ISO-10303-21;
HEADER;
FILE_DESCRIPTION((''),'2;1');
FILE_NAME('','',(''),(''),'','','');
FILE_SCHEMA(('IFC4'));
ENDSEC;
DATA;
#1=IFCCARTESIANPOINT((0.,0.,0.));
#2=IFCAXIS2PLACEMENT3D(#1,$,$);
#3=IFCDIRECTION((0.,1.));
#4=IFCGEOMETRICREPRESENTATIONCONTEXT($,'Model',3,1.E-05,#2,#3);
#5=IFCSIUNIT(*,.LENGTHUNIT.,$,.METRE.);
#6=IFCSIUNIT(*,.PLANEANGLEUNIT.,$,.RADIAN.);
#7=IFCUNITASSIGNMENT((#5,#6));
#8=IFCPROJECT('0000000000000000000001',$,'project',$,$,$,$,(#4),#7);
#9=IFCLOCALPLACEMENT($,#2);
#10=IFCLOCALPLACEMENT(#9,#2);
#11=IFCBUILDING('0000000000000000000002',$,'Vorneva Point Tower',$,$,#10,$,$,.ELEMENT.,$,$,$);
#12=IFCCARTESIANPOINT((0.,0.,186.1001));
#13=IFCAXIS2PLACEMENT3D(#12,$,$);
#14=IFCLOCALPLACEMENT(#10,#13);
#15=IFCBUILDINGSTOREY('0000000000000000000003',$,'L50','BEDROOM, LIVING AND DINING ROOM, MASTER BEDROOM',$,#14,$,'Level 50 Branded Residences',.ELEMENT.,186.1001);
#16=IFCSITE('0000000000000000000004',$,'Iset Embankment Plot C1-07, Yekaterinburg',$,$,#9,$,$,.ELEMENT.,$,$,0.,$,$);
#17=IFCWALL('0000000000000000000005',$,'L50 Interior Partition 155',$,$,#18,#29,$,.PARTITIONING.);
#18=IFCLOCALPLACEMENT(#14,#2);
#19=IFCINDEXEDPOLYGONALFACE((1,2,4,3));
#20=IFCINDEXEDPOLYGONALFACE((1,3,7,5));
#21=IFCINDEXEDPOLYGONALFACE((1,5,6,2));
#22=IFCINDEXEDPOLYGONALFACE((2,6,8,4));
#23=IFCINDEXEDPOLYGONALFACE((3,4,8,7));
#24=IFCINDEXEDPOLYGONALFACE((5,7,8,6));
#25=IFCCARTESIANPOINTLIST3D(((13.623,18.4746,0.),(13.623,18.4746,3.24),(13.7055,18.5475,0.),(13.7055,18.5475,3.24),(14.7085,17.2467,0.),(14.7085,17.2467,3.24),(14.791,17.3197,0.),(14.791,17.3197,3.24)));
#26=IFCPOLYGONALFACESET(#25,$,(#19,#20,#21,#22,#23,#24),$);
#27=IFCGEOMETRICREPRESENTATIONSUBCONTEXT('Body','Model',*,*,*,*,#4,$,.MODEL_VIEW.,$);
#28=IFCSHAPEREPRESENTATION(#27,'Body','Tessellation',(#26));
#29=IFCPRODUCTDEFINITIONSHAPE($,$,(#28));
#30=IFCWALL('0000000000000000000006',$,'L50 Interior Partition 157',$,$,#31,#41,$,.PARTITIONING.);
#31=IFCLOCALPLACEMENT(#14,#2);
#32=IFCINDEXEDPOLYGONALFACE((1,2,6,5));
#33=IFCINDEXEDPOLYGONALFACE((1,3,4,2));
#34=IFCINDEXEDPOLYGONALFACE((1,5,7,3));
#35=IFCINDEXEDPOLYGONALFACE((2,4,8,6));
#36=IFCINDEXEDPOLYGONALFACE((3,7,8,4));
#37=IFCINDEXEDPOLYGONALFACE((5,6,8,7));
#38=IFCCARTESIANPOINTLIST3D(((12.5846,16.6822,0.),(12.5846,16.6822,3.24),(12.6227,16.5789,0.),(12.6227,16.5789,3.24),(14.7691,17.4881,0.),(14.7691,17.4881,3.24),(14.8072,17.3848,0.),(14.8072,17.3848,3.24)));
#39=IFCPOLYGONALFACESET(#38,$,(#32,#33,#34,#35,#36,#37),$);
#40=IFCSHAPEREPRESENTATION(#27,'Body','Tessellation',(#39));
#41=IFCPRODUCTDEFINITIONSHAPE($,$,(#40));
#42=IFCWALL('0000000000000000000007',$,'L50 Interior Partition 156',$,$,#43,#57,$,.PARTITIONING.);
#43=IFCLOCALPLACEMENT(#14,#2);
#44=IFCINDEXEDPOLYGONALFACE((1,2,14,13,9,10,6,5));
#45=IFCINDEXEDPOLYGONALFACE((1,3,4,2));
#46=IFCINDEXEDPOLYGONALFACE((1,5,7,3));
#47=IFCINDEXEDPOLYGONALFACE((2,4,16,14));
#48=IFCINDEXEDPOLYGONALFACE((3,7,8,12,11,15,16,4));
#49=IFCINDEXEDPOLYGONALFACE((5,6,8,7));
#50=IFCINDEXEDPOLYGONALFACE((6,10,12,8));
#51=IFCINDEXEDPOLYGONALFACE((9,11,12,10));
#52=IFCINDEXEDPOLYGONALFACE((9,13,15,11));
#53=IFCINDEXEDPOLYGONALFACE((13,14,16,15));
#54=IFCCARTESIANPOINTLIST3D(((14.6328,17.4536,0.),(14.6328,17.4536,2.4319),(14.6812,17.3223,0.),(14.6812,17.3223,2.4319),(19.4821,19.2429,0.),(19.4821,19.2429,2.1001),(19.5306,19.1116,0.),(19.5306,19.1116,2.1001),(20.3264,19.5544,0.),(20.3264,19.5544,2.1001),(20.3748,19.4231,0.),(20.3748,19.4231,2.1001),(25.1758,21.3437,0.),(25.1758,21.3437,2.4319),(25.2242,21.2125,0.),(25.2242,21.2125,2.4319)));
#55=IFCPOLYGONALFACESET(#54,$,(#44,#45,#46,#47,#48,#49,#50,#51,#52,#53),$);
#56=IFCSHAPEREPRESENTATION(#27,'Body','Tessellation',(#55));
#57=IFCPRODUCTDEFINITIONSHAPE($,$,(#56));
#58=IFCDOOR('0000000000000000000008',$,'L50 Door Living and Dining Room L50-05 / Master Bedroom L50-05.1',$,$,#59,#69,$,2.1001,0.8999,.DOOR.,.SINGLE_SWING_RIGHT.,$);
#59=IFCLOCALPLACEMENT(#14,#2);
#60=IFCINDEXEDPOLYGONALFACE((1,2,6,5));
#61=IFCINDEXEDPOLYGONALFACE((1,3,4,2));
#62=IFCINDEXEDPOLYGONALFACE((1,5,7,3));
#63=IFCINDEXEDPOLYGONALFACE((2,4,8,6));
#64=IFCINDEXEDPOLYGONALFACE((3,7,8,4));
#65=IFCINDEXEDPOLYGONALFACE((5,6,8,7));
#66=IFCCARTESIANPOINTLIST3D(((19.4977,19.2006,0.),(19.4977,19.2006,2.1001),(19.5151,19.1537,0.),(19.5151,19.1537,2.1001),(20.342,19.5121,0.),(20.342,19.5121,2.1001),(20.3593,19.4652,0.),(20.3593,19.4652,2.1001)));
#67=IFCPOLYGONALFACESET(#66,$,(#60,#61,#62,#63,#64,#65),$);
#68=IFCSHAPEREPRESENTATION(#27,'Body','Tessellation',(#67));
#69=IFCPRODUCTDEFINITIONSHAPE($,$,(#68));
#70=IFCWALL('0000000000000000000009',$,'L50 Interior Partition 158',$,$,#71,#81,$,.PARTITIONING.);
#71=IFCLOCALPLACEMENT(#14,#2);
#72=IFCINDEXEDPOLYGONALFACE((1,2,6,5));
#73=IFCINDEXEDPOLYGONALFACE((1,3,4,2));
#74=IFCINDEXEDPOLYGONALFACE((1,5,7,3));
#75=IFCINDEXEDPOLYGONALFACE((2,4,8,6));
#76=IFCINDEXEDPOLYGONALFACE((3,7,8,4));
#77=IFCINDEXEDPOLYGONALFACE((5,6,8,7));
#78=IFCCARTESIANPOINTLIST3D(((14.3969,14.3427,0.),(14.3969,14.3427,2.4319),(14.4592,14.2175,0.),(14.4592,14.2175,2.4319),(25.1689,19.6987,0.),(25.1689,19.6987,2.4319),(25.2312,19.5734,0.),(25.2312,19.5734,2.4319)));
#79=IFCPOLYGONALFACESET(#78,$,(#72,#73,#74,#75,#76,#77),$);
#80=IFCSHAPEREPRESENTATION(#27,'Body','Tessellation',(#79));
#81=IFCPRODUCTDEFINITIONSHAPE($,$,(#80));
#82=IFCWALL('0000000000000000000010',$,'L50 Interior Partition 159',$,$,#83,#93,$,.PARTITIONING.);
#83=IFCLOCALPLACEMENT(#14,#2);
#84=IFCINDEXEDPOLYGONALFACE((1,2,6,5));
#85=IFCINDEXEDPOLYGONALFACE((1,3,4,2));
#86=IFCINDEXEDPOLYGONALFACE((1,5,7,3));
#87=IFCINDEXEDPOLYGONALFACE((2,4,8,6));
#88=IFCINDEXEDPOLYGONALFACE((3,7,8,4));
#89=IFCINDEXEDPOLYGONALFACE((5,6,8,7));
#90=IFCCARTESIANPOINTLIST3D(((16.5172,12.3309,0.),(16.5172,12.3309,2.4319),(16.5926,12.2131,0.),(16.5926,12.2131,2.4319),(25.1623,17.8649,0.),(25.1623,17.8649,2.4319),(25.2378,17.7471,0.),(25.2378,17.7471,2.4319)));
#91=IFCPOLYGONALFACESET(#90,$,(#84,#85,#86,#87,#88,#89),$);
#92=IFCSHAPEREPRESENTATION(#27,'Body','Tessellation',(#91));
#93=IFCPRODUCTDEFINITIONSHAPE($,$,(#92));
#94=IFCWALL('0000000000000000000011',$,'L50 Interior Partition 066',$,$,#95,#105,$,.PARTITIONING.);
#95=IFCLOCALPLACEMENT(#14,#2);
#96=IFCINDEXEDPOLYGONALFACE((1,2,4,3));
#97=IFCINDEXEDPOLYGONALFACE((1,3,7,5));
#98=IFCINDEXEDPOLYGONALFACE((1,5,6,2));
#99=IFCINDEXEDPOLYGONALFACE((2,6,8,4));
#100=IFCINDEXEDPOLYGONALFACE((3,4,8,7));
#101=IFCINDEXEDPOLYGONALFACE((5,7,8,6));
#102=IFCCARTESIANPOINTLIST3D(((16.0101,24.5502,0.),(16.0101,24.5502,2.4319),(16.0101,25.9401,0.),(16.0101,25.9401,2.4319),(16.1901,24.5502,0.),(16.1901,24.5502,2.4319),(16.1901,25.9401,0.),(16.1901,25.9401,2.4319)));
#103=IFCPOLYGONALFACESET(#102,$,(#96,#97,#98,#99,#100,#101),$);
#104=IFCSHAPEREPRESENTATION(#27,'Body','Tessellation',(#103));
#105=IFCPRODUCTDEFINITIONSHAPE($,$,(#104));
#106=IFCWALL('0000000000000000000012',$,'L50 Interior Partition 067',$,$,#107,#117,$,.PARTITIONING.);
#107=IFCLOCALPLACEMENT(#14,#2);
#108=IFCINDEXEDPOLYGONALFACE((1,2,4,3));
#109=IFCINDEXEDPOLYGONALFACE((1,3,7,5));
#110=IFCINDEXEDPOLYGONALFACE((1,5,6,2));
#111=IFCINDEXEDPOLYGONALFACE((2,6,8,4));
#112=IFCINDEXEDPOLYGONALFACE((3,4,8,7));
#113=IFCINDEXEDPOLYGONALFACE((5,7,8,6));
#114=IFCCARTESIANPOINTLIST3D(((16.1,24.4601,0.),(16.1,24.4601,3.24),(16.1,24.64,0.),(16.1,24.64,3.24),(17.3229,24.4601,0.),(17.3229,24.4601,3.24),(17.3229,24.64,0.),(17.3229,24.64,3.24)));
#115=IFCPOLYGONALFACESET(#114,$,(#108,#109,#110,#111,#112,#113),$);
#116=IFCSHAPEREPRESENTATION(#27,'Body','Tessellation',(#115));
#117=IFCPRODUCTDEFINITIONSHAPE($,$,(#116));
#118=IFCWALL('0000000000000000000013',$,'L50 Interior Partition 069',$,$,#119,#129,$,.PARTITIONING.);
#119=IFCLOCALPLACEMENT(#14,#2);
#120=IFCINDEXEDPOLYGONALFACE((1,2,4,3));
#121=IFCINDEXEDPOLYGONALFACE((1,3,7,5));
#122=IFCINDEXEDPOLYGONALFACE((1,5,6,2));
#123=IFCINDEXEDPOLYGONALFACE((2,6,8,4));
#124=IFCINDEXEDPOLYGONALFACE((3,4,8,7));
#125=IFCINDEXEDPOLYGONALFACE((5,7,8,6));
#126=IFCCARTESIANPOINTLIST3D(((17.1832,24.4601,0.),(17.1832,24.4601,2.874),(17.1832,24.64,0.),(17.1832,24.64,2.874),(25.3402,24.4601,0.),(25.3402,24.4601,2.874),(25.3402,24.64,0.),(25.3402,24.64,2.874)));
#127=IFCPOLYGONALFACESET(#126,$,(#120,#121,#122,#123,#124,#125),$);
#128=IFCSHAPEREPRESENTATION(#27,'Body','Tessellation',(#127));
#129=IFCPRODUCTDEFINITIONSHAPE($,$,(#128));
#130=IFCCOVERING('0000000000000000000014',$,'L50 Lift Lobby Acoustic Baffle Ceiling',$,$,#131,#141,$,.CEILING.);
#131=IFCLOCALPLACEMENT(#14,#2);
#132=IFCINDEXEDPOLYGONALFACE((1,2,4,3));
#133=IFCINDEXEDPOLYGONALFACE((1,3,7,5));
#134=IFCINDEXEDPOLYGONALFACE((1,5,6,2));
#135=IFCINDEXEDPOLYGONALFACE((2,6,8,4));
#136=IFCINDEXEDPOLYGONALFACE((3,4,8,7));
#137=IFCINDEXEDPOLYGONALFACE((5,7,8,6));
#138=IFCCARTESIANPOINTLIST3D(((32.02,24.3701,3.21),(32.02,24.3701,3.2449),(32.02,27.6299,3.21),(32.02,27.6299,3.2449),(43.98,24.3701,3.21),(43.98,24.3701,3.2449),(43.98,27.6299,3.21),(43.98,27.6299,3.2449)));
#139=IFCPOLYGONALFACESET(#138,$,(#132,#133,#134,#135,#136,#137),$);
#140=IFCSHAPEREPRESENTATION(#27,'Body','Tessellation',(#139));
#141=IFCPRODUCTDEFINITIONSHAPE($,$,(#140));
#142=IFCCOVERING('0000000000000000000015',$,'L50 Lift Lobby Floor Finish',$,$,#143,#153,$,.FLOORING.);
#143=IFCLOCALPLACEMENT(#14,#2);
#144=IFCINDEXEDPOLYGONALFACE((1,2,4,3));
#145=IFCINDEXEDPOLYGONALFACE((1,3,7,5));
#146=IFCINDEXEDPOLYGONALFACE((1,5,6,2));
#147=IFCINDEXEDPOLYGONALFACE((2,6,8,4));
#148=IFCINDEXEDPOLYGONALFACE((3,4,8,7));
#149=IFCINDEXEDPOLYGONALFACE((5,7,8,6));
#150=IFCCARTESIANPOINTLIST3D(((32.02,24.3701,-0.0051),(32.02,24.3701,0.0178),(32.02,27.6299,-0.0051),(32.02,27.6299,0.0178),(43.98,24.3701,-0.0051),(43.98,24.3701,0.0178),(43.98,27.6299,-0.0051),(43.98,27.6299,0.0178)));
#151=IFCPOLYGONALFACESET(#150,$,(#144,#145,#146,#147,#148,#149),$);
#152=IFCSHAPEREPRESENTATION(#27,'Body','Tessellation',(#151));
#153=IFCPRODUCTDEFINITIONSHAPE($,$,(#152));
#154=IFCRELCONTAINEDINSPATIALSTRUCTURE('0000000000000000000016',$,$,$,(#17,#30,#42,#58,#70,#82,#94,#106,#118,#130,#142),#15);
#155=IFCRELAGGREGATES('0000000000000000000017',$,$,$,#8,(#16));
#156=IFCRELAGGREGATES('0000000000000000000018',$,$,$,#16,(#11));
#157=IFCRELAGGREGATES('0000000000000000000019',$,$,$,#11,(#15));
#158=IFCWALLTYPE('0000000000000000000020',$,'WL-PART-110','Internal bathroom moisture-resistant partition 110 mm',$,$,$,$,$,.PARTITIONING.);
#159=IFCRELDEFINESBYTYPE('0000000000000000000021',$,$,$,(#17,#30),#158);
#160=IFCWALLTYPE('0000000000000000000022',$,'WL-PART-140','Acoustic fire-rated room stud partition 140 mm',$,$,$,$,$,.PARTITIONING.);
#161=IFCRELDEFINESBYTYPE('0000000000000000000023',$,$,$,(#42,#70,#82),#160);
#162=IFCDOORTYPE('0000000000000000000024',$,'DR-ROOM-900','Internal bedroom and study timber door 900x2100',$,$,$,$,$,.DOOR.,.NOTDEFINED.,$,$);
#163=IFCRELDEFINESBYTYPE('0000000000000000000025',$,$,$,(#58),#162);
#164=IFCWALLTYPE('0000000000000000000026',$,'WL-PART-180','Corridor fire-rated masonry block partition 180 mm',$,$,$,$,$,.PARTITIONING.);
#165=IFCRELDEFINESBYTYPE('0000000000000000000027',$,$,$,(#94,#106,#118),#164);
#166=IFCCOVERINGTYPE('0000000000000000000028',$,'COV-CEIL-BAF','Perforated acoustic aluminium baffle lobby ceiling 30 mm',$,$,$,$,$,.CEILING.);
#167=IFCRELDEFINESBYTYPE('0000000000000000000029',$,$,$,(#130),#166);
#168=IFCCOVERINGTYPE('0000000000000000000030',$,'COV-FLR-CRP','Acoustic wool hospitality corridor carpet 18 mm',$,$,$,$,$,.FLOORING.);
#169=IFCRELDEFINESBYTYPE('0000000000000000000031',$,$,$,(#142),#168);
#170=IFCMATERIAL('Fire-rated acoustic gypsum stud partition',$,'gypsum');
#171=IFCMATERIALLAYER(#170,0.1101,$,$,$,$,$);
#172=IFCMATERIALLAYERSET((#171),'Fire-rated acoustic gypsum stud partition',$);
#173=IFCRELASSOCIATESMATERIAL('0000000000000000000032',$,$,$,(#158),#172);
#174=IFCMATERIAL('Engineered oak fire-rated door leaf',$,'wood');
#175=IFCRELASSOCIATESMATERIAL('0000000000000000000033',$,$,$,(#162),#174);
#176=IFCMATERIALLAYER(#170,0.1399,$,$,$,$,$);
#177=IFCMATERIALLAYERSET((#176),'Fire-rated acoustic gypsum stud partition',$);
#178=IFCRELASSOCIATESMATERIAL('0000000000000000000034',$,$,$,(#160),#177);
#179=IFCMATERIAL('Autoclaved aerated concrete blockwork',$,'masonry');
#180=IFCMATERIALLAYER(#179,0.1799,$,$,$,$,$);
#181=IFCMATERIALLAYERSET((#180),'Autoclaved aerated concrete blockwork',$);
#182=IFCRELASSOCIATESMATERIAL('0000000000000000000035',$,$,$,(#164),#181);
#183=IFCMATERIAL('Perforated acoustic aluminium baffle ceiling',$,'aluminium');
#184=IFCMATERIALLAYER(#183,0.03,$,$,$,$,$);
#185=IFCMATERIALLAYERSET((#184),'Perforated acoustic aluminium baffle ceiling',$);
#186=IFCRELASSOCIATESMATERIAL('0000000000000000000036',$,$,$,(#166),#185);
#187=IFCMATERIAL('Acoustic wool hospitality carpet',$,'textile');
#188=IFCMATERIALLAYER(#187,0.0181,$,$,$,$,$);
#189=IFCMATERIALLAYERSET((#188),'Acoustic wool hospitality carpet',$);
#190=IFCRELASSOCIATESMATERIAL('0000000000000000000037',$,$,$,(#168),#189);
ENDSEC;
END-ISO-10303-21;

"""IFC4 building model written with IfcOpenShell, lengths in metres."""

from ifc_helpers import new_model, si_unit, direction, frame, frame_2d, origin, place, context, subcontext, project, spatial, polyline, rectangle, outline, extrude, material, layer, layer_set, type_object, element, fill, save


model = new_model("IFC4")

# Units and contexts
model_context = context("Model", 3, precision=1e-05, world=origin(), true_north=direction((0.0, 1.0)))
body_context = subcontext(model_context, "Body", "Model", "MODEL_VIEW")
ifc_project = project(units=[si_unit("LENGTHUNIT", "METRE"), si_unit("PLANEANGLEUNIT", "RADIAN")], contexts=[model_context])

# Site, building, storey
site_placement = place(None, origin())
site = spatial("IfcSite", under=ifc_project, at=site_placement, Name="Iset Embankment Plot C1-07, Yekaterinburg", CompositionType="ELEMENT", RefElevation=0.0)
building_placement = place(site_placement, origin())
building = spatial("IfcBuilding", under=site, at=building_placement, Name="Vorneva Point Tower", CompositionType="ELEMENT")
storey_placement = place(building_placement, frame((0.0, 0.0, 186.1001)))
storey = spatial("IfcBuildingStorey", under=building, at=storey_placement, Name="L50", Description="BEDROOM, LIVING AND DINING ROOM, MASTER BEDROOM", LongName="Level 50 Branded Residences", CompositionType="ELEMENT", Elevation=186.1001)

# Shared definitions
ifc_material_1 = material(Name="Fire-rated acoustic gypsum stud partition", Category="gypsum")
ifc_layer_1 = layer(ifc_material_1, 0.1101)
ifc_layer_set_1 = layer_set([ifc_layer_1], Name="Fire-rated acoustic gypsum stud partition")
wall_type_1 = type_object("IfcWallType", Name="WL-PART-110", Description="Internal bathroom moisture-resistant partition 110 mm", PredefinedType="PARTITIONING", material=ifc_layer_set_1)

# Shared definitions
ifc_material_2 = material(Name="Engineered oak fire-rated door leaf", Category="wood")
door_type = type_object("IfcDoorType", Name="DR-ROOM-900", Description="Internal bedroom and study timber door 900x2100", OperationType="NOTDEFINED", PredefinedType="DOOR", material=ifc_material_2)

# Walls
wall_1_placement = place(storey_placement, frame((13.6643, 18.511, 0.0), z_axis=(0.0, 0.0, 1.0), x_axis=(0.662346, -0.749198, 0.0)))
element("IfcWall", 1, at=wall_1_placement, inside=storey, type_object=wall_type_1, Name="L50 Interior Partition 155", PredefinedType="PARTITIONING", context=body_context, shape_type="SweptSolid", body=[
    extrude(rectangle(XDim=1.6389, YDim=0.1101, at=frame_2d((0.8193, 0.0))), origin(), (0.0, 0.0, 1.0), 3.24),
])
wall_2_placement = place(storey_placement, frame((12.6038, 16.6306, 0.0), z_axis=(0.0, 0.0, 1.0), x_axis=(0.938194, 0.346109, 0.0)))
element("IfcWall", 2, at=wall_2_placement, inside=storey, type_object=wall_type_1, Name="L50 Interior Partition 157", PredefinedType="PARTITIONING", context=body_context, shape_type="SweptSolid", body=[
    extrude(rectangle(XDim=2.3284, YDim=0.1101, at=frame_2d((1.1641, 0.0))), origin(), (0.0, 0.0, 1.0), 3.24),
])

# Wall, opening, door
ifc_layer_2 = layer(ifc_material_1, 0.1399)
ifc_layer_set_2 = layer_set([ifc_layer_2], Name="Fire-rated acoustic gypsum stud partition")
wall_type_2 = type_object("IfcWallType", Name="WL-PART-140", Description="Acoustic fire-rated room stud partition 140 mm", PredefinedType="PARTITIONING", material=ifc_layer_set_2)
wall_3_placement = place(storey_placement, frame((14.657, 17.3879, 0.0), z_axis=(0.0, 0.0, 1.0), x_axis=(0.938173, 0.346166, 0.0)))
wall_3 = element("IfcWall", 3, at=wall_3_placement, inside=storey, type_object=wall_type_2, Name="L50 Interior Partition 156", PredefinedType="PARTITIONING", context=body_context, shape_type="SweptSolid", body=[
    extrude(rectangle(XDim=11.2378, YDim=0.1399, at=frame_2d((5.6189, 0.0))), origin(), (0.0, 0.0, 1.0), 2.4319),
])
opening_1_placement = place(wall_3_placement, frame((5.1689, 0.0, 0.0)))
opening_1 = element("IfcOpeningElement", 4, at=opening_1_placement, cuts=wall_3, PredefinedType="OPENING", context=body_context, shape_type="SweptSolid", body=[
    extrude(rectangle(XDim=0.8999, YDim=2.1001, at=frame_2d((0.45, 1.05))), frame((0.0, 0.085, 0.0), z_axis=(0.0, -1.0, 0.0), x_axis=(1.0, 0.0, 0.0)), (0.0, 0.0, 1.0), 0.1697),
])
door_1_placement = place(opening_1_placement, origin())
door_1 = element("IfcDoor", 5, at=door_1_placement, inside=storey, type_object=door_type, Name="L50 Door Living and Dining Room L50-05 / Master Bedroom L50-05.1", OperationType="SINGLE_SWING_RIGHT", OverallHeight=2.1001, OverallWidth=0.8999, PredefinedType="DOOR", context=body_context, shape_type="SweptSolid", body=[
    extrude(rectangle(XDim=0.8999, YDim=2.1001, at=frame_2d((0.45, 1.05))), frame((0.0, 0.0249, 0.0), z_axis=(0.0, -1.0, 0.0), x_axis=(1.0, 0.0, 0.0)), (0.0, 0.0, 1.0), 0.05),
])
fill(opening_1, door_1)

# Walls
wall_4_placement = place(storey_placement, frame((14.428, 14.28, 0.0), z_axis=(0.0, 0.0, 1.0), x_axis=(0.895423, 0.445216, 0.0)))
element("IfcWall", 6, at=wall_4_placement, inside=storey, type_object=wall_type_2, Name="L50 Interior Partition 158", PredefinedType="PARTITIONING", context=body_context, shape_type="SweptSolid", body=[
    extrude(rectangle(XDim=12.03, YDim=0.1399, at=frame_2d((6.0151, 0.0))), origin(), (0.0, 0.0, 1.0), 2.4319),
])
wall_5_placement = place(storey_placement, frame((16.5549, 12.272, 0.0), z_axis=(0.0, 0.0, 1.0), x_axis=(0.842222, 0.539131, 0.0)))
element("IfcWall", 7, at=wall_5_placement, inside=storey, type_object=wall_type_2, Name="L50 Interior Partition 159", PredefinedType="PARTITIONING", context=body_context, shape_type="SweptSolid", body=[
    extrude(rectangle(XDim=10.2646, YDim=0.1399, at=frame_2d((5.1323, 0.0))), origin(), (0.0, 0.0, 1.0), 2.4319),
])
ifc_material_3 = material(Name="Autoclaved aerated concrete blockwork", Category="masonry")
ifc_layer_3 = layer(ifc_material_3, 0.1799)
ifc_layer_set_3 = layer_set([ifc_layer_3], Name="Autoclaved aerated concrete blockwork")
wall_type_3 = type_object("IfcWallType", Name="WL-PART-180", Description="Corridor fire-rated masonry block partition 180 mm", PredefinedType="PARTITIONING", material=ifc_layer_set_3)
wall_6_placement = place(storey_placement, frame((16.1001, 25.9399, 0.0), z_axis=(0.0, 0.0, 1.0), x_axis=(0.0, -1.0, 0.0)))
element("IfcWall", 8, at=wall_6_placement, inside=storey, type_object=wall_type_3, Name="L50 Interior Partition 066", PredefinedType="PARTITIONING", context=body_context, shape_type="SweptSolid", body=[
    extrude(rectangle(XDim=1.3899, YDim=0.1799, at=frame_2d((0.6948, 0.0))), origin(), (0.0, 0.0, 1.0), 2.4319),
])
wall_7_placement = place(storey_placement, frame((16.1001, 24.55, 0.0), z_axis=(0.0, 0.0, 1.0), x_axis=(1.0, 0.0, 0.0)))
element("IfcWall", 9, at=wall_7_placement, inside=storey, type_object=wall_type_3, Name="L50 Interior Partition 067", PredefinedType="PARTITIONING", context=body_context, shape_type="SweptSolid", body=[
    extrude(rectangle(XDim=1.2229, YDim=0.1799, at=frame_2d((0.6113, 0.0))), origin(), (0.0, 0.0, 1.0), 3.24),
])
wall_8_placement = place(storey_placement, frame((17.1831, 24.55, 0.0), z_axis=(0.0, 0.0, 1.0), x_axis=(1.0, 0.0, 0.0)))
element("IfcWall", 10, at=wall_8_placement, inside=storey, type_object=wall_type_3, Name="L50 Interior Partition 069", PredefinedType="PARTITIONING", context=body_context, shape_type="SweptSolid", body=[
    extrude(rectangle(XDim=8.157, YDim=0.1799, at=frame_2d((4.0786, 0.0))), origin(), (0.0, 0.0, 1.0), 2.874),
])

# Coverings
ifc_material_4 = material(Name="Perforated acoustic aluminium baffle ceiling", Category="aluminium")
ifc_layer_4 = layer(ifc_material_4, 0.03)
ifc_layer_set_4 = layer_set([ifc_layer_4], Name="Perforated acoustic aluminium baffle ceiling")
covering_type_1 = type_object("IfcCoveringType", Name="COV-CEIL-BAF", Description="Perforated acoustic aluminium baffle lobby ceiling 30 mm", PredefinedType="CEILING", material=ifc_layer_set_4)
covering_1_placement = place(storey_placement, frame((0.0, 0.0, 3.21)))
element("IfcCovering", 11, at=covering_1_placement, inside=storey, type_object=covering_type_1, Name="L50 Lift Lobby Acoustic Baffle Ceiling", PredefinedType="CEILING", context=body_context, shape_type="SweptSolid", body=[
    extrude(outline(polyline([(32.02, 24.3701), (43.98, 24.3701), (43.98, 27.6299), (32.02, 27.6299), (32.02, 24.3701)])), origin(), (0.0, 0.0, 1.0), 0.0349),
])
ifc_material_5 = material(Name="Acoustic wool hospitality carpet", Category="textile")
ifc_layer_5 = layer(ifc_material_5, 0.0181)
ifc_layer_set_5 = layer_set([ifc_layer_5], Name="Acoustic wool hospitality carpet")
covering_type_2 = type_object("IfcCoveringType", Name="COV-FLR-CRP", Description="Acoustic wool hospitality corridor carpet 18 mm", PredefinedType="FLOORING", material=ifc_layer_set_5)
covering_2_placement = place(storey_placement, frame((0.0, 0.0, -0.0051)))
element("IfcCovering", 12, at=covering_2_placement, inside=storey, type_object=covering_type_2, Name="L50 Lift Lobby Floor Finish", PredefinedType="FLOORING", context=body_context, shape_type="SweptSolid", body=[
    extrude(outline(polyline([(32.02, 24.3701), (43.98, 24.3701), (43.98, 27.6299), (32.02, 27.6299), (32.02, 24.3701)])), origin(), (0.0, 0.0, 1.0), 0.0229),
])

save(model, "model.ifc")
